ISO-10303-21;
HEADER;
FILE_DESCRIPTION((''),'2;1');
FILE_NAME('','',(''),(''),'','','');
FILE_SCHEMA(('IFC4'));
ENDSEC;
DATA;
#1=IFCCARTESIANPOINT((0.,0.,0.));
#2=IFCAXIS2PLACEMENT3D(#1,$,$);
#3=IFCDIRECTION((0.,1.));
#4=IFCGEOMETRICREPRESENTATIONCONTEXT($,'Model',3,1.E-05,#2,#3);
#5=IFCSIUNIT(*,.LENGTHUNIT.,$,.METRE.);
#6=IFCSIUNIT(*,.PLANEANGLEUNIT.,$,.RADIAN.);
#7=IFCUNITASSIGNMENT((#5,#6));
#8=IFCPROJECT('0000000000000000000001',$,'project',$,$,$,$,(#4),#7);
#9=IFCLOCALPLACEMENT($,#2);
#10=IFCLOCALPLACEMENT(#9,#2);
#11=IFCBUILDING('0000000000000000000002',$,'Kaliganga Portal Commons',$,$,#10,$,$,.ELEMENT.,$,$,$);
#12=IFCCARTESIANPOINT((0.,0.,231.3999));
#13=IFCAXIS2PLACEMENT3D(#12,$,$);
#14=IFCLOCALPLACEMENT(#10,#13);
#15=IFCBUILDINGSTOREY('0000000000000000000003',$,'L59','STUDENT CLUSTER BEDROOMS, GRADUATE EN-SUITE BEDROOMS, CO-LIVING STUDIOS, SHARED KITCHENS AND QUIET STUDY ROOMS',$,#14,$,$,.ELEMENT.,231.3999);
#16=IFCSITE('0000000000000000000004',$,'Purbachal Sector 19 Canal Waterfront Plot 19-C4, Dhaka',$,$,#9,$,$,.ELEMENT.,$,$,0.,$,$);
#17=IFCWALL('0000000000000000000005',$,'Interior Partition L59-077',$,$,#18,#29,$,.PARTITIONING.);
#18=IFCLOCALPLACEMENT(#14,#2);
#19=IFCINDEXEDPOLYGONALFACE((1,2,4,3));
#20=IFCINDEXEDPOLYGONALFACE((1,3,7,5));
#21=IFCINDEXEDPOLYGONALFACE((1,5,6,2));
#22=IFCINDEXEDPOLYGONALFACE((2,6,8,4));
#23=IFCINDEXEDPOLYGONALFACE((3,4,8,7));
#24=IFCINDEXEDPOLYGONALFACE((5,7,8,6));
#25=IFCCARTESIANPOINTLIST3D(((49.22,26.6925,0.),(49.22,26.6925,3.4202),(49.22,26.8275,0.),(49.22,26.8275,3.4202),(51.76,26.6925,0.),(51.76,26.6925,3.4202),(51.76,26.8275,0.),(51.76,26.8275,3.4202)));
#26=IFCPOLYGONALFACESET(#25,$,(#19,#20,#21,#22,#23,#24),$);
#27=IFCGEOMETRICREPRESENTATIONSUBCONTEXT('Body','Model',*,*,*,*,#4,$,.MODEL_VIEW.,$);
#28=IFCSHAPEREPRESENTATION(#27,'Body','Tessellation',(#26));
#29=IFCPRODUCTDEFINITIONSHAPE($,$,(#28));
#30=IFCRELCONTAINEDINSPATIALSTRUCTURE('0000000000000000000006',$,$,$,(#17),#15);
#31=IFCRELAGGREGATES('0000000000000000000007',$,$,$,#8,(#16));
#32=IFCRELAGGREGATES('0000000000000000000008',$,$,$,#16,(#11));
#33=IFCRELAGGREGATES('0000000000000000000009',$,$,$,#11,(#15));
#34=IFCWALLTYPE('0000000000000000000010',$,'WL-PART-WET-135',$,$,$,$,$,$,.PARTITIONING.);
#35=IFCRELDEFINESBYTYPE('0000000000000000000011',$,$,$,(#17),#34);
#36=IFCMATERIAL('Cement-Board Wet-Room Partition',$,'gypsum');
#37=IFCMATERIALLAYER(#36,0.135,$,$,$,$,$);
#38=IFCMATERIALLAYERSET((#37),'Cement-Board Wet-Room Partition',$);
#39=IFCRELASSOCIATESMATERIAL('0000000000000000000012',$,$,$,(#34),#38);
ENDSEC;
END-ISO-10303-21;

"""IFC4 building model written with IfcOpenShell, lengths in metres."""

from ifc_helpers import new_model, si_unit, direction, frame, frame_2d, origin, place, context, subcontext, project, spatial, rectangle, extrude, material, layer, layer_set, type_object, element, save


model = new_model("IFC4")

# Units and contexts
model_context = context("Model", 3, precision=1e-05, world=origin(), true_north=direction((0.0, 1.0)))
body_context = subcontext(model_context, "Body", "Model", "MODEL_VIEW")
ifc_project = project(units=[si_unit("LENGTHUNIT", "METRE"), si_unit("PLANEANGLEUNIT", "RADIAN")], contexts=[model_context])

# Site, building, storey
site_placement = place(None, origin())
site = spatial("IfcSite", under=ifc_project, at=site_placement, Name="Purbachal Sector 19 Canal Waterfront Plot 19-C4, Dhaka", CompositionType="ELEMENT", RefElevation=0.0)
building_placement = place(site_placement, origin())
building = spatial("IfcBuilding", under=site, at=building_placement, Name="Kaliganga Portal Commons", CompositionType="ELEMENT")
storey_placement = place(building_placement, frame((0.0, 0.0, 231.3999)))
storey = spatial("IfcBuildingStorey", under=building, at=storey_placement, Name="L59", Description="STUDENT CLUSTER BEDROOMS, GRADUATE EN-SUITE BEDROOMS, CO-LIVING STUDIOS, SHARED KITCHENS AND QUIET STUDY ROOMS", CompositionType="ELEMENT", Elevation=231.3999)

# Wall
ifc_material_1 = material(Name="Cement-Board Wet-Room Partition", Category="gypsum")
ifc_layer_1 = layer(ifc_material_1, 0.135)
ifc_layer_set_1 = layer_set([ifc_layer_1], Name="Cement-Board Wet-Room Partition")
wall_type_1 = type_object("IfcWallType", Name="WL-PART-WET-135", PredefinedType="PARTITIONING", material=ifc_layer_set_1)
wall_1_placement = place(storey_placement, frame((49.22, 26.76, 0.0), z_axis=(0.0, 0.0, 1.0), x_axis=(1.0, 0.0, 0.0)))
element("IfcWall", 1, at=wall_1_placement, inside=storey, type_object=wall_type_1, Name="Interior Partition L59-077", PredefinedType="PARTITIONING", context=body_context, shape_type="SweptSolid", body=[
    extrude(rectangle(XDim=2.54, YDim=0.135, at=frame_2d((1.27, 0.0))), origin(), (0.0, 0.0, 1.0), 3.4202),
])

save(model, "model.ifc")
